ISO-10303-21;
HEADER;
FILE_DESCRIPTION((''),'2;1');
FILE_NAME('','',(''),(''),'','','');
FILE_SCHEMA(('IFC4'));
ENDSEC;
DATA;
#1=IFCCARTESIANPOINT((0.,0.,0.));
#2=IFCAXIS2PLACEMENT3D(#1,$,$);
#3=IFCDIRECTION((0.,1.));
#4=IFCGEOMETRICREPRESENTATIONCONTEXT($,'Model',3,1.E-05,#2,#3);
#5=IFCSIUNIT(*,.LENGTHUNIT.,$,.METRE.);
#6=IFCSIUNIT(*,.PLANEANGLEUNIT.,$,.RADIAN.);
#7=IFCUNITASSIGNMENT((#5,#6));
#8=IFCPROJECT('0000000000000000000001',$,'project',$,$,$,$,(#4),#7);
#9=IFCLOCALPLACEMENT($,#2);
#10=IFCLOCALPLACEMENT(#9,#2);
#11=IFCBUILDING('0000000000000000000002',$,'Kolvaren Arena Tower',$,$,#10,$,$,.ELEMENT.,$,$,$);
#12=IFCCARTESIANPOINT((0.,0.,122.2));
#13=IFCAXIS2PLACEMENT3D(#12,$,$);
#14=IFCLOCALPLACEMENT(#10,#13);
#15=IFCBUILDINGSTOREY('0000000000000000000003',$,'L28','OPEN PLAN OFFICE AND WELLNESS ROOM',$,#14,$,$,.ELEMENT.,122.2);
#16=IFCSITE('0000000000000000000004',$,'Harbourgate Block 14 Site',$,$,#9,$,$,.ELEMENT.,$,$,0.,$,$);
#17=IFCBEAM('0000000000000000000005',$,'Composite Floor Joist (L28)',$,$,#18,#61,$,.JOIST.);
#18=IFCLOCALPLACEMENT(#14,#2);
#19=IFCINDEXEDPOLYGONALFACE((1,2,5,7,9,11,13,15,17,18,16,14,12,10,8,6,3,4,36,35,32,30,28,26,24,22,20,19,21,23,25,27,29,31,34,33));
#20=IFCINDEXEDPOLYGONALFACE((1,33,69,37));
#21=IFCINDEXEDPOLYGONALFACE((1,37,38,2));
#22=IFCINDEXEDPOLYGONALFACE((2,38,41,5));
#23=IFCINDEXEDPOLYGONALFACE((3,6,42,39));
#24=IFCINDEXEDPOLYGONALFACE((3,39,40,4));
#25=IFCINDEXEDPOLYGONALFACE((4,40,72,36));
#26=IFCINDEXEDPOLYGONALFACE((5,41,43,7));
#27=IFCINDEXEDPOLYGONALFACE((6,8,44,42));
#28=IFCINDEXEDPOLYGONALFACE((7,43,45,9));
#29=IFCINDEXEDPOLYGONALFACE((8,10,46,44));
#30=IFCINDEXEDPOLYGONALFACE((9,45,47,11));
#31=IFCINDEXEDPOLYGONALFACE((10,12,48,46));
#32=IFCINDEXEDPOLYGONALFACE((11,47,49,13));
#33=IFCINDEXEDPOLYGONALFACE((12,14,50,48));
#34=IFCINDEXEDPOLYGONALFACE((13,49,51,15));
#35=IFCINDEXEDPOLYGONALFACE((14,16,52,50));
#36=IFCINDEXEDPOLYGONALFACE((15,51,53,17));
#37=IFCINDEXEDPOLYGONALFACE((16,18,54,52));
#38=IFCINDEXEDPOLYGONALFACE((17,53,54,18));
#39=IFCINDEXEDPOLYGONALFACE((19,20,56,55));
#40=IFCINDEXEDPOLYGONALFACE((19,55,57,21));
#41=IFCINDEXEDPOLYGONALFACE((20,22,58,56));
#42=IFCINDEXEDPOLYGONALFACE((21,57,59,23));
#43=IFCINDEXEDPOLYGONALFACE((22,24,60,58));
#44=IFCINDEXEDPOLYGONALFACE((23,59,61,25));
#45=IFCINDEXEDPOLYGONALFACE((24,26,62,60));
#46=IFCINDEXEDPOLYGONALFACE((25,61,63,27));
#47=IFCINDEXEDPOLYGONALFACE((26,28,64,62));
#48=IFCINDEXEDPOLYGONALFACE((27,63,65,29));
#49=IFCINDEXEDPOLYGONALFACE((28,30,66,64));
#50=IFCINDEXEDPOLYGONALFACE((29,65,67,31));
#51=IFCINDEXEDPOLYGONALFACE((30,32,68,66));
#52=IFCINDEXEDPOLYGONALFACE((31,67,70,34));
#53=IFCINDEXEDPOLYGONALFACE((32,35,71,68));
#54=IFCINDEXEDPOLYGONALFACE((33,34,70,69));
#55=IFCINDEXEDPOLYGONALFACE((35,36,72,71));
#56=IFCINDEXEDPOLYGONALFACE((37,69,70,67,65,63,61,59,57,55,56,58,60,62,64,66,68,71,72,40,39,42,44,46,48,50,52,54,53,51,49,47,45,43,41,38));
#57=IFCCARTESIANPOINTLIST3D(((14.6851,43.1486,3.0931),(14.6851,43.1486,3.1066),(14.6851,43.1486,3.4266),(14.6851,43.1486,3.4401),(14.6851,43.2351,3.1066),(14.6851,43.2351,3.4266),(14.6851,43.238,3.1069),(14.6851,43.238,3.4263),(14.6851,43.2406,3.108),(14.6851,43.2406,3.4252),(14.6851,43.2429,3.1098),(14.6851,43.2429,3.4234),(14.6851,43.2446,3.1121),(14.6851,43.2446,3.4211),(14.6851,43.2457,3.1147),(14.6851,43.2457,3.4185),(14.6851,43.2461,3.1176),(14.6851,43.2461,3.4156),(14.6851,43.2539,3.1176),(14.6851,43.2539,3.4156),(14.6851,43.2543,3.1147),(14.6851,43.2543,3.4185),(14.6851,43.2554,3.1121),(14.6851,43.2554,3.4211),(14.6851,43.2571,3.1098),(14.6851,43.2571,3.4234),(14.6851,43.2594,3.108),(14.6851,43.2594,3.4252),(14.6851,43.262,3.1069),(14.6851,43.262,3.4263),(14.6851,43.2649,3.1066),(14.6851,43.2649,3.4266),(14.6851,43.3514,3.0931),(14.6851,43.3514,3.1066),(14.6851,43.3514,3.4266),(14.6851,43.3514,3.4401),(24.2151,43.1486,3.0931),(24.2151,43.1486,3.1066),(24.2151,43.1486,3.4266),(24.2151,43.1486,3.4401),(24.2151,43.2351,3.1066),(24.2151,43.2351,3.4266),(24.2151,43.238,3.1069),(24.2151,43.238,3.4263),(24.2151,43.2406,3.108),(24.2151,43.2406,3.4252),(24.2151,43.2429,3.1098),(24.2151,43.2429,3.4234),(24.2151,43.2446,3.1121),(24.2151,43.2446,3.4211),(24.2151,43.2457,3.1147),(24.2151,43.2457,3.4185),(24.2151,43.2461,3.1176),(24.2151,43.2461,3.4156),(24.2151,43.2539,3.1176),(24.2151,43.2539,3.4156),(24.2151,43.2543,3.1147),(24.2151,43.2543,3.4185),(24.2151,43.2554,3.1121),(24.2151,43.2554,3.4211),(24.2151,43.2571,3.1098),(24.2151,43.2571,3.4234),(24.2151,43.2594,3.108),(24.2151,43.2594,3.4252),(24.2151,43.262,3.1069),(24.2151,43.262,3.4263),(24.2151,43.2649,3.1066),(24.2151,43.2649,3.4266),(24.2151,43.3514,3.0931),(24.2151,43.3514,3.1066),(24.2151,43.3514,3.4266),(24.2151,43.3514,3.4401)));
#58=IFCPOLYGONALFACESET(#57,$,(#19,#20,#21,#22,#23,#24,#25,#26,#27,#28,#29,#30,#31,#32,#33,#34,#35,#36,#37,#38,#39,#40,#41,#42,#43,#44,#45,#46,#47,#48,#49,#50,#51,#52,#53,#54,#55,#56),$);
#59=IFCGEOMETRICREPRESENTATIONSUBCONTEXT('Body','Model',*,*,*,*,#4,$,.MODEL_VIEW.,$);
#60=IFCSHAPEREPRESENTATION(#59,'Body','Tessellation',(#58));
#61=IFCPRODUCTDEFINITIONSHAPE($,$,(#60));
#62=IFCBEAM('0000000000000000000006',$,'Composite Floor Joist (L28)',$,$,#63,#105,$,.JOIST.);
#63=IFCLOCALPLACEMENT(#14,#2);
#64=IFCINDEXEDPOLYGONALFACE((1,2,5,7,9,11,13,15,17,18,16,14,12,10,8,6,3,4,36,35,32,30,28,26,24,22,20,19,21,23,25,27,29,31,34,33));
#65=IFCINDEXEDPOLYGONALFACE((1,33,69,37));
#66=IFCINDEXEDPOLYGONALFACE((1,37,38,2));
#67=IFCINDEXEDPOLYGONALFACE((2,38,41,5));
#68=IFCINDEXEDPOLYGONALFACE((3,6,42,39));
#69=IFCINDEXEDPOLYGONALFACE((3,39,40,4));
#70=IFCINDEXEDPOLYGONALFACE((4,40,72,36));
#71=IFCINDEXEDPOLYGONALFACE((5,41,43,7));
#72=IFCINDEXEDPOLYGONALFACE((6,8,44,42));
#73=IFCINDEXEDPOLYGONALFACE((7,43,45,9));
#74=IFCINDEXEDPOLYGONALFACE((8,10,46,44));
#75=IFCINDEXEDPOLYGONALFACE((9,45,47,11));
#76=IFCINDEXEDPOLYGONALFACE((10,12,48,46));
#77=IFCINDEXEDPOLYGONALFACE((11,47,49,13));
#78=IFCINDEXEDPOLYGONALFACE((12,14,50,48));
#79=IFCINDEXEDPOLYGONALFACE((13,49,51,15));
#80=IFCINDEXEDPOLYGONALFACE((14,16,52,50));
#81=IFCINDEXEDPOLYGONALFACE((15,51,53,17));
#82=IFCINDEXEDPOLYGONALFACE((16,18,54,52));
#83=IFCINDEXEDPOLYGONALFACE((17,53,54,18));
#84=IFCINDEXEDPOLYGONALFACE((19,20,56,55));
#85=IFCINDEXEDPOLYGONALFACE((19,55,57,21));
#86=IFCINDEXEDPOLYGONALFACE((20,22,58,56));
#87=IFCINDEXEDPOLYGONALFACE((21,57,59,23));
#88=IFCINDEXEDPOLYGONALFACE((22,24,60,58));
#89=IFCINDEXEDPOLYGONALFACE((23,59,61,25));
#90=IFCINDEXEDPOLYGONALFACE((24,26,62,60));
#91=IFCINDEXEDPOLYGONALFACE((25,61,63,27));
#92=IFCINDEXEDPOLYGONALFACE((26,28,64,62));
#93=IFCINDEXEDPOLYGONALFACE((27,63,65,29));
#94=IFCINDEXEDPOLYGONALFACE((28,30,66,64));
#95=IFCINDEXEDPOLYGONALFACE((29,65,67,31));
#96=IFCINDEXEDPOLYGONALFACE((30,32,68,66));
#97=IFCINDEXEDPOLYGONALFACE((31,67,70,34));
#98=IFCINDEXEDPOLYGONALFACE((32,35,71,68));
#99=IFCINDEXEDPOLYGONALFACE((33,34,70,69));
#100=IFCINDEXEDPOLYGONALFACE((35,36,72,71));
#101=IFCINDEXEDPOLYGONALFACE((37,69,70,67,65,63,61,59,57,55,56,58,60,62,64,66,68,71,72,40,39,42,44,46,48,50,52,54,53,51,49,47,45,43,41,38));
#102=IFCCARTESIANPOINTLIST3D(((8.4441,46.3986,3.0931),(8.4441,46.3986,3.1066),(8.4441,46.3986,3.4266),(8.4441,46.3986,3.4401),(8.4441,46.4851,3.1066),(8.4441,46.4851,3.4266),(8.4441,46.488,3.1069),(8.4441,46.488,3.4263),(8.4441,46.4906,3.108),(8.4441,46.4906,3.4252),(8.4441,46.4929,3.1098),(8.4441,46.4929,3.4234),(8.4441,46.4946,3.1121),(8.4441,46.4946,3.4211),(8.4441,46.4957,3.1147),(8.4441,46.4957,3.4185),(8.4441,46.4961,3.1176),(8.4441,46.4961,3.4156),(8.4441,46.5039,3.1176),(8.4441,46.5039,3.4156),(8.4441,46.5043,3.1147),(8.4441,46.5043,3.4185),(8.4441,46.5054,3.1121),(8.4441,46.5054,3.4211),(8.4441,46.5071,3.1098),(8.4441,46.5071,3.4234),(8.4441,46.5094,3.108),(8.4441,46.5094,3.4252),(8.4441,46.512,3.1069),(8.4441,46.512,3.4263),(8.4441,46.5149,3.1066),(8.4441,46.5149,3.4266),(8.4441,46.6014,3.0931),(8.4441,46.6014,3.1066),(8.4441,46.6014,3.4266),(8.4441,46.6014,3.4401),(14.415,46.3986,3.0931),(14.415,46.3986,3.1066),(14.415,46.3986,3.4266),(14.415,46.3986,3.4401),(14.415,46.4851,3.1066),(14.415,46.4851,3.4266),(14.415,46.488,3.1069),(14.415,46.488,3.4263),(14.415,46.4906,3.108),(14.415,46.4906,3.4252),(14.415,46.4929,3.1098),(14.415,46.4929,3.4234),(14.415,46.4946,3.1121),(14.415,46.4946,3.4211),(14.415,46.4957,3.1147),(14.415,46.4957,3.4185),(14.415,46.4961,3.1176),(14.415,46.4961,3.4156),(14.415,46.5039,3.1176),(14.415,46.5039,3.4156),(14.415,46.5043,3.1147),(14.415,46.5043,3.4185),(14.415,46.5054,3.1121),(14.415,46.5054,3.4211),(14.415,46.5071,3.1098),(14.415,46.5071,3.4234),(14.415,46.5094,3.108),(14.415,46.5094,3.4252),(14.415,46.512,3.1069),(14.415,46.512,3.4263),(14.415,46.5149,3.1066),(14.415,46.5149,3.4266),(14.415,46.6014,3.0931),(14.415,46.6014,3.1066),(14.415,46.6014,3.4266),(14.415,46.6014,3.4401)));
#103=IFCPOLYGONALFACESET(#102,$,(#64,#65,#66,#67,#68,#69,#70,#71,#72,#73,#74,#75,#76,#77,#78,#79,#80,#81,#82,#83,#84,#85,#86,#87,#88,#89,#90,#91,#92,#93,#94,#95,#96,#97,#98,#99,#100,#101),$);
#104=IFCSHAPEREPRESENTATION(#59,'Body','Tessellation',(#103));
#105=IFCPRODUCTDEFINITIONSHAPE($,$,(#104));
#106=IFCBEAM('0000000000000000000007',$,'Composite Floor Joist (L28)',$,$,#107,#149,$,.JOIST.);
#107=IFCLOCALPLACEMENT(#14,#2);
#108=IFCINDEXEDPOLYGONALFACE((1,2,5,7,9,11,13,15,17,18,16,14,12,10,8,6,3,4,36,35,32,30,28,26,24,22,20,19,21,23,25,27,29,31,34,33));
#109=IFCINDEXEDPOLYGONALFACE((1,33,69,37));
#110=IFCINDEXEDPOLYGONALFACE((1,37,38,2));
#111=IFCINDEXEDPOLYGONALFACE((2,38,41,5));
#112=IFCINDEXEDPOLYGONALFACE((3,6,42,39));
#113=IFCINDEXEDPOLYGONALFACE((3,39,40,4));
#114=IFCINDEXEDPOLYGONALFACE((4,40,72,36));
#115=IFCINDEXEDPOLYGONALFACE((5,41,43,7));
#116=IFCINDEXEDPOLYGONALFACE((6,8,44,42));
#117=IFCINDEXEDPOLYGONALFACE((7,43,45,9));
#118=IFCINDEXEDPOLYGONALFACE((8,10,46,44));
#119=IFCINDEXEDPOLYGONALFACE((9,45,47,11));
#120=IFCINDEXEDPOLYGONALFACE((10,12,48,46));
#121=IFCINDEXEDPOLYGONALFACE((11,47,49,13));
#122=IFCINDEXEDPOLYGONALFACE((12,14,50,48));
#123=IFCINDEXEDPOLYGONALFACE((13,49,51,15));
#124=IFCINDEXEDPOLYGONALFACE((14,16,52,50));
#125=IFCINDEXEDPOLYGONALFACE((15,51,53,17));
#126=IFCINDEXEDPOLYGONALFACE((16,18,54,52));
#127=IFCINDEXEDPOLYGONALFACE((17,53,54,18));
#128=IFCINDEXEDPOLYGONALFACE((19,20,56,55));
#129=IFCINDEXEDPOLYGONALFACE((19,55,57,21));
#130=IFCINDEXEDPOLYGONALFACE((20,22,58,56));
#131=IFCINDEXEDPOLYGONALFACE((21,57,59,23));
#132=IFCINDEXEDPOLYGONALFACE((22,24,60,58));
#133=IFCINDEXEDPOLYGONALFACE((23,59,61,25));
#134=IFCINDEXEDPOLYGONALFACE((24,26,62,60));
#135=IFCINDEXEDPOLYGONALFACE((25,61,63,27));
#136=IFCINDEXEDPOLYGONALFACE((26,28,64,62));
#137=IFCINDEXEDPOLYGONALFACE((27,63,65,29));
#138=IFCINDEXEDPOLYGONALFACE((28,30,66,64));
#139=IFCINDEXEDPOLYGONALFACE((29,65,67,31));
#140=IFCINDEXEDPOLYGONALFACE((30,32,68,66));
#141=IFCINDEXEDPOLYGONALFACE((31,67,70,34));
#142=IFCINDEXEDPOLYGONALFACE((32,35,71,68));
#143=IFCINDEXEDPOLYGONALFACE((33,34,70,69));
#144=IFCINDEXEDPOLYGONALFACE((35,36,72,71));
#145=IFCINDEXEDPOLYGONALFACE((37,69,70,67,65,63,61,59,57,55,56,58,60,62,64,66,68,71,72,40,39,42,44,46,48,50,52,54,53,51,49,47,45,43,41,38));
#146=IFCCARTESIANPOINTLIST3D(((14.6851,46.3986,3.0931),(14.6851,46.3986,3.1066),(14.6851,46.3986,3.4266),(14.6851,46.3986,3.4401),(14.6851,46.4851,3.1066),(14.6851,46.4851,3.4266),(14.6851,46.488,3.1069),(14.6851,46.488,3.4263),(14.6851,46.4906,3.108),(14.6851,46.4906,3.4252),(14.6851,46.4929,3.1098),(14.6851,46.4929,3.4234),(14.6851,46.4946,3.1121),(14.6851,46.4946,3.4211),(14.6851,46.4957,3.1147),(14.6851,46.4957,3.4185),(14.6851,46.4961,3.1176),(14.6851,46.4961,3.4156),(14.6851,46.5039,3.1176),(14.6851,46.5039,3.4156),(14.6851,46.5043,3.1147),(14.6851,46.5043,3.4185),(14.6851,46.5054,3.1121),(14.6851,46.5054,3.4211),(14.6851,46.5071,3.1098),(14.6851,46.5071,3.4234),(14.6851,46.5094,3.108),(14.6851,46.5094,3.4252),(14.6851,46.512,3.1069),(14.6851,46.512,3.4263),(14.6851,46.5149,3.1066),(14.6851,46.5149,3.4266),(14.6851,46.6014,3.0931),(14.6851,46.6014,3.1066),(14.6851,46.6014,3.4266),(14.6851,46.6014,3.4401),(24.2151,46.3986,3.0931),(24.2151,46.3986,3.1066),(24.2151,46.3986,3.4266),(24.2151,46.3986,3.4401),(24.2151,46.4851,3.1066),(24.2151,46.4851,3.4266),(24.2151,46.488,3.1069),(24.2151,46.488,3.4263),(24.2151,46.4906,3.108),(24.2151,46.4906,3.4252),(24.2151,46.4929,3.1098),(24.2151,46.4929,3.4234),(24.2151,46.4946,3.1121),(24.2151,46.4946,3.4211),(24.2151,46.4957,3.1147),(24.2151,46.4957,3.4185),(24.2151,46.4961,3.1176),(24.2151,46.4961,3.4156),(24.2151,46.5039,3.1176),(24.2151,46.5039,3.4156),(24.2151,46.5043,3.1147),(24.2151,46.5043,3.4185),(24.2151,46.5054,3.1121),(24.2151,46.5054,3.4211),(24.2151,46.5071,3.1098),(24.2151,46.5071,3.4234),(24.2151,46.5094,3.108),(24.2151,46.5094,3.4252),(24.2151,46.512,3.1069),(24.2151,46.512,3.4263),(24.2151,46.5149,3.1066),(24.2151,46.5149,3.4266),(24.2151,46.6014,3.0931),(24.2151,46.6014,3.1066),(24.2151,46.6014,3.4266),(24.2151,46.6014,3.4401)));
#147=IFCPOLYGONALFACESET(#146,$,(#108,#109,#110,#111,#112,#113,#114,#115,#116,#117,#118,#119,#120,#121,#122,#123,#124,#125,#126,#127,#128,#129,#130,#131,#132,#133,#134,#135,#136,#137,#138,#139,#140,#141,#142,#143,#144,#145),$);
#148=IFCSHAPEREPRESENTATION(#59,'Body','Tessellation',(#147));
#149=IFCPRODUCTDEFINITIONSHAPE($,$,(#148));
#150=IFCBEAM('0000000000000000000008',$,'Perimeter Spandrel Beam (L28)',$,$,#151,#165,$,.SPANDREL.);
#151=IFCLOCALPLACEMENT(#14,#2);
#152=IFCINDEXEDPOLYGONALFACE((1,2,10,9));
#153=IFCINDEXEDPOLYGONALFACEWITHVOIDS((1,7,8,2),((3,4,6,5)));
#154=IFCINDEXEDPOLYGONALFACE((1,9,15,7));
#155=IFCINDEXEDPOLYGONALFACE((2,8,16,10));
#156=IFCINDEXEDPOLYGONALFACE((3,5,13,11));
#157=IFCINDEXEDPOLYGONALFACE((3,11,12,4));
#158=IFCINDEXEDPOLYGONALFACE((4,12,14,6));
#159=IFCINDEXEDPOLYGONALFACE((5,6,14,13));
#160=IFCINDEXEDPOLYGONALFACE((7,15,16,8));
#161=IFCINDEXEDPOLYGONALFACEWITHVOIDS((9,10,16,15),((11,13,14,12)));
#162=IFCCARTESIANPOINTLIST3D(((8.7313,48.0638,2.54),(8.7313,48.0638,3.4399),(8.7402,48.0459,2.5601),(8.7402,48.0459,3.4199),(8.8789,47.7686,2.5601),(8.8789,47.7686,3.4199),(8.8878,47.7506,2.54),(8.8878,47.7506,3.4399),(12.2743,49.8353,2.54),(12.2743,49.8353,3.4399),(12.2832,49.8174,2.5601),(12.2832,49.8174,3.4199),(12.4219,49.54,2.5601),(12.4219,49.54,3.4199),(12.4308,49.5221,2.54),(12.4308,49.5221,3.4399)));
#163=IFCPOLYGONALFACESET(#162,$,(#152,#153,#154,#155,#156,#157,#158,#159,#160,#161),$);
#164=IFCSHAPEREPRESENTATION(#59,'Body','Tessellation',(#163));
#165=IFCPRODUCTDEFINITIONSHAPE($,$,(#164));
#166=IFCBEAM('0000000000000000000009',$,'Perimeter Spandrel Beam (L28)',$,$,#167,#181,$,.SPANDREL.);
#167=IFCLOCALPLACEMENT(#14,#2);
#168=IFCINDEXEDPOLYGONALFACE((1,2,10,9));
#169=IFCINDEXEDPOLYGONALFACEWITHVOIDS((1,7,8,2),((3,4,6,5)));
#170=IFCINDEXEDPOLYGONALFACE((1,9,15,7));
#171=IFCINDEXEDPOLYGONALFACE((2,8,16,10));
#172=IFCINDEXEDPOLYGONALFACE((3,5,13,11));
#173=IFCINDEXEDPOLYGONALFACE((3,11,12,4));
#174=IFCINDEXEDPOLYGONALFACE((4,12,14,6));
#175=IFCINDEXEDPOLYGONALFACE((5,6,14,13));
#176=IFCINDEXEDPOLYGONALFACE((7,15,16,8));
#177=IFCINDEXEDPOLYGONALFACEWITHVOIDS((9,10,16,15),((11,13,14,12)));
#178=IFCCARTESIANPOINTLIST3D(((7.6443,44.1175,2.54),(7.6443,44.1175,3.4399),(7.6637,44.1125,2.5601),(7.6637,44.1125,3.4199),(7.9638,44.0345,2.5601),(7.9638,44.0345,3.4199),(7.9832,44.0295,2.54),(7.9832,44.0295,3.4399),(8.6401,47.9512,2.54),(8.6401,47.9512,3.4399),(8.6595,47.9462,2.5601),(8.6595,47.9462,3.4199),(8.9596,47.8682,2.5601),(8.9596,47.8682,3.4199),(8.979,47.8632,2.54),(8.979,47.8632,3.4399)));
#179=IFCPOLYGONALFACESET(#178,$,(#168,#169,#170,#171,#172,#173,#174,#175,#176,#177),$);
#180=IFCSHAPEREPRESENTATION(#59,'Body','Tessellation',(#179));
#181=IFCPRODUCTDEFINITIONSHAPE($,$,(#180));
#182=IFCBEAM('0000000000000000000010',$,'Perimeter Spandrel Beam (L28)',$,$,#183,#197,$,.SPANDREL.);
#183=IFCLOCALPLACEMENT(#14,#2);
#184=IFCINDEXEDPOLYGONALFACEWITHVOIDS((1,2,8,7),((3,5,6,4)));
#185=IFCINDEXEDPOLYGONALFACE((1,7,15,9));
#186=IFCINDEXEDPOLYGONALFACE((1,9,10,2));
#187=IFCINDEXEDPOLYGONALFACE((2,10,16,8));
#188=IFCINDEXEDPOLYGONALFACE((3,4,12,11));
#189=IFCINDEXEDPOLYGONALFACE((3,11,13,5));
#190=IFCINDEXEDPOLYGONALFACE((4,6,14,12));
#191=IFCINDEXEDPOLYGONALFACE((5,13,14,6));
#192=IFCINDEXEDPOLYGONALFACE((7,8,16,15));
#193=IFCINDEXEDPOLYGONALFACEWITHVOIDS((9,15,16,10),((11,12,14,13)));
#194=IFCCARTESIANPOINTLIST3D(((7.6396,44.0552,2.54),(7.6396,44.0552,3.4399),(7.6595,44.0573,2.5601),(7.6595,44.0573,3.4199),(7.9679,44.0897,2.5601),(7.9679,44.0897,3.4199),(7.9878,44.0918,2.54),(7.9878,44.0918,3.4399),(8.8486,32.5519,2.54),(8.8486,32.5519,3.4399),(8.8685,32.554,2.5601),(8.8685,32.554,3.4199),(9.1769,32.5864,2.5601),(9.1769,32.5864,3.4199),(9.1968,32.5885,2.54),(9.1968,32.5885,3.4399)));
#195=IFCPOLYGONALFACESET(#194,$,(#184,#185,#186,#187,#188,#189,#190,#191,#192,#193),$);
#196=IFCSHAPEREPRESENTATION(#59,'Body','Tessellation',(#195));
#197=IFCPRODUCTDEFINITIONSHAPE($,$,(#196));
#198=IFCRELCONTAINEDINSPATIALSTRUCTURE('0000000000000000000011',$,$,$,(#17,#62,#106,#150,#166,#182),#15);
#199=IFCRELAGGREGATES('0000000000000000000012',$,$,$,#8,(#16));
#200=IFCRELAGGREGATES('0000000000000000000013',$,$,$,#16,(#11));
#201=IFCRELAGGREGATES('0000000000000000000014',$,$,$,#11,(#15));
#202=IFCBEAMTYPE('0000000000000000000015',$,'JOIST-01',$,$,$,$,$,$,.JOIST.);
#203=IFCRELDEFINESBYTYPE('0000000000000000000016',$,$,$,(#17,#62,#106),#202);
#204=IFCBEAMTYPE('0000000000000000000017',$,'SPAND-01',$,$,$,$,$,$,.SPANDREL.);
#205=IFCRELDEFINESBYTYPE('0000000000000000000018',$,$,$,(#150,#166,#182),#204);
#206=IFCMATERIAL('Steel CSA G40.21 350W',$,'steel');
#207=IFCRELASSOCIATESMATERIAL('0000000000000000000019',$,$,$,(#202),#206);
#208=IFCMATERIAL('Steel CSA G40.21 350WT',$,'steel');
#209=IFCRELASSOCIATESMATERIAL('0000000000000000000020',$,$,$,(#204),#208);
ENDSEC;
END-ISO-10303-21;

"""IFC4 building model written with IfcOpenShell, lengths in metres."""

from ifc_helpers import new_model, si_unit, direction, frame, origin, origin_2d, place, context, subcontext, project, spatial, hollow_rectangle, i_section, extrude, material, material_profile, profile_set, type_object, element, save


model = new_model("IFC4")

# Units and contexts
model_context = context("Model", 3, precision=1e-05, world=origin(), true_north=direction((0.0, 1.0)))
body_context = subcontext(model_context, "Body", "Model", "MODEL_VIEW")
ifc_project = project(units=[si_unit("LENGTHUNIT", "METRE"), si_unit("PLANEANGLEUNIT", "RADIAN")], contexts=[model_context])

# Site, building, storey
site_placement = place(None, origin())
site = spatial("IfcSite", under=ifc_project, at=site_placement, Name="Harbourgate Block 14 Site", CompositionType="ELEMENT", RefElevation=0.0)
building_placement = place(site_placement, origin())
building = spatial("IfcBuilding", under=site, at=building_placement, Name="Kolvaren Arena Tower", CompositionType="ELEMENT")
storey_placement = place(building_placement, frame((0.0, 0.0, 122.2)))
storey = spatial("IfcBuildingStorey", under=building, at=storey_placement, Name="L28", Description="OPEN PLAN OFFICE AND WELLNESS ROOM", CompositionType="ELEMENT", Elevation=122.2)

# Beams
ifc_material_1 = material(Name="Steel CSA G40.21 350W", Category="steel")
ifc_material_profile_1 = material_profile(ifc_material_1, i_section(OverallWidth=0.2029, OverallDepth=0.3469, WebThickness=0.0078, FlangeThickness=0.0134, FilletRadius=0.011, at=origin_2d()), Name="W360x64")
ifc_profile_set_1 = profile_set([ifc_material_profile_1], Name="Steel CSA G40.21 350W")
beam_type_1 = type_object("IfcBeamType", Name="JOIST-01", PredefinedType="JOIST", material=ifc_profile_set_1)
beam_1_placement = place(storey_placement, frame((14.6851, 43.25, 3.2666), z_axis=(1.0, 0.0, 0.0), x_axis=(0.0, 1.0, 0.0)))
element("IfcBeam", 1, at=beam_1_placement, inside=storey, type_object=beam_type_1, Name="Composite Floor Joist (L28)", PredefinedType="JOIST", context=body_context, shape_type="SweptSolid", body=[
    extrude(i_section(OverallWidth=0.2029, OverallDepth=0.3469, WebThickness=0.0078, FlangeThickness=0.0134, FilletRadius=0.011, at=origin_2d()), origin(), (0.0, 0.0, 1.0), 9.53),
])
beam_2_placement = place(storey_placement, frame((8.4441, 46.5, 3.2666), z_axis=(1.0, 0.0, 0.0), x_axis=(0.0, 1.0, 0.0)))
element("IfcBeam", 2, at=beam_2_placement, inside=storey, type_object=beam_type_1, Name="Composite Floor Joist (L28)", PredefinedType="JOIST", context=body_context, shape_type="SweptSolid", body=[
    extrude(i_section(OverallWidth=0.2029, OverallDepth=0.3469, WebThickness=0.0078, FlangeThickness=0.0134, FilletRadius=0.011, at=origin_2d()), origin(), (0.0, 0.0, 1.0), 5.9709),
])
beam_3_placement = place(storey_placement, frame((14.6851, 46.5, 3.2666), z_axis=(1.0, 0.0, 0.0), x_axis=(0.0, 1.0, 0.0)))
element("IfcBeam", 3, at=beam_3_placement, inside=storey, type_object=beam_type_1, Name="Composite Floor Joist (L28)", PredefinedType="JOIST", context=body_context, shape_type="SweptSolid", body=[
    extrude(i_section(OverallWidth=0.2029, OverallDepth=0.3469, WebThickness=0.0078, FlangeThickness=0.0134, FilletRadius=0.011, at=origin_2d()), origin(), (0.0, 0.0, 1.0), 9.53),
])
ifc_material_2 = material(Name="Steel CSA G40.21 350WT", Category="steel")
ifc_material_profile_2 = material_profile(ifc_material_2, hollow_rectangle(XDim=0.3501, YDim=0.8999, WallThickness=0.02, at=origin_2d()), Name="HSS 900x350x20")
ifc_profile_set_2 = profile_set([ifc_material_profile_2], Name="Steel CSA G40.21 350WT")
beam_type_2 = type_object("IfcBeamType", Name="SPAND-01", PredefinedType="SPANDREL", material=ifc_profile_set_2)
beam_4_placement = place(storey_placement, frame((12.3525, 49.6787, 2.99), z_axis=(-0.894427, -0.447214, 0.0), x_axis=(0.447214, -0.894427, 0.0)))
element("IfcBeam", 4, at=beam_4_placement, inside=storey, type_object=beam_type_2, Name="Perimeter Spandrel Beam (L28)", PredefinedType="SPANDREL", context=body_context, shape_type="SweptSolid", body=[
    extrude(hollow_rectangle(XDim=0.3501, YDim=0.8999, WallThickness=0.02, at=origin_2d()), origin(), (0.0, 0.0, 1.0), 3.9612),
])
beam_5_placement = place(storey_placement, frame((8.8096, 47.9072, 2.99), z_axis=(-0.251416, -0.967879, 0.0), x_axis=(0.967879, -0.251416, 0.0)))
element("IfcBeam", 5, at=beam_5_placement, inside=storey, type_object=beam_type_2, Name="Perimeter Spandrel Beam (L28)", PredefinedType="SPANDREL", context=body_context, shape_type="SweptSolid", body=[
    extrude(hollow_rectangle(XDim=0.3501, YDim=0.8999, WallThickness=0.02, at=origin_2d()), origin(), (0.0, 0.0, 1.0), 3.9609),
])
beam_6_placement = place(storey_placement, frame((7.8137, 44.0735, 2.99), z_axis=(0.104524, -0.994522, 0.0), x_axis=(0.994522, 0.104524, 0.0)))
element("IfcBeam", 6, at=beam_6_placement, inside=storey, type_object=beam_type_2, Name="Perimeter Spandrel Beam (L28)", PredefinedType="SPANDREL", context=body_context, shape_type="SweptSolid", body=[
    extrude(hollow_rectangle(XDim=0.3501, YDim=0.8999, WallThickness=0.02, at=origin_2d()), origin(), (0.0, 0.0, 1.0), 11.5667),
])

save(model, "model.ifc")
